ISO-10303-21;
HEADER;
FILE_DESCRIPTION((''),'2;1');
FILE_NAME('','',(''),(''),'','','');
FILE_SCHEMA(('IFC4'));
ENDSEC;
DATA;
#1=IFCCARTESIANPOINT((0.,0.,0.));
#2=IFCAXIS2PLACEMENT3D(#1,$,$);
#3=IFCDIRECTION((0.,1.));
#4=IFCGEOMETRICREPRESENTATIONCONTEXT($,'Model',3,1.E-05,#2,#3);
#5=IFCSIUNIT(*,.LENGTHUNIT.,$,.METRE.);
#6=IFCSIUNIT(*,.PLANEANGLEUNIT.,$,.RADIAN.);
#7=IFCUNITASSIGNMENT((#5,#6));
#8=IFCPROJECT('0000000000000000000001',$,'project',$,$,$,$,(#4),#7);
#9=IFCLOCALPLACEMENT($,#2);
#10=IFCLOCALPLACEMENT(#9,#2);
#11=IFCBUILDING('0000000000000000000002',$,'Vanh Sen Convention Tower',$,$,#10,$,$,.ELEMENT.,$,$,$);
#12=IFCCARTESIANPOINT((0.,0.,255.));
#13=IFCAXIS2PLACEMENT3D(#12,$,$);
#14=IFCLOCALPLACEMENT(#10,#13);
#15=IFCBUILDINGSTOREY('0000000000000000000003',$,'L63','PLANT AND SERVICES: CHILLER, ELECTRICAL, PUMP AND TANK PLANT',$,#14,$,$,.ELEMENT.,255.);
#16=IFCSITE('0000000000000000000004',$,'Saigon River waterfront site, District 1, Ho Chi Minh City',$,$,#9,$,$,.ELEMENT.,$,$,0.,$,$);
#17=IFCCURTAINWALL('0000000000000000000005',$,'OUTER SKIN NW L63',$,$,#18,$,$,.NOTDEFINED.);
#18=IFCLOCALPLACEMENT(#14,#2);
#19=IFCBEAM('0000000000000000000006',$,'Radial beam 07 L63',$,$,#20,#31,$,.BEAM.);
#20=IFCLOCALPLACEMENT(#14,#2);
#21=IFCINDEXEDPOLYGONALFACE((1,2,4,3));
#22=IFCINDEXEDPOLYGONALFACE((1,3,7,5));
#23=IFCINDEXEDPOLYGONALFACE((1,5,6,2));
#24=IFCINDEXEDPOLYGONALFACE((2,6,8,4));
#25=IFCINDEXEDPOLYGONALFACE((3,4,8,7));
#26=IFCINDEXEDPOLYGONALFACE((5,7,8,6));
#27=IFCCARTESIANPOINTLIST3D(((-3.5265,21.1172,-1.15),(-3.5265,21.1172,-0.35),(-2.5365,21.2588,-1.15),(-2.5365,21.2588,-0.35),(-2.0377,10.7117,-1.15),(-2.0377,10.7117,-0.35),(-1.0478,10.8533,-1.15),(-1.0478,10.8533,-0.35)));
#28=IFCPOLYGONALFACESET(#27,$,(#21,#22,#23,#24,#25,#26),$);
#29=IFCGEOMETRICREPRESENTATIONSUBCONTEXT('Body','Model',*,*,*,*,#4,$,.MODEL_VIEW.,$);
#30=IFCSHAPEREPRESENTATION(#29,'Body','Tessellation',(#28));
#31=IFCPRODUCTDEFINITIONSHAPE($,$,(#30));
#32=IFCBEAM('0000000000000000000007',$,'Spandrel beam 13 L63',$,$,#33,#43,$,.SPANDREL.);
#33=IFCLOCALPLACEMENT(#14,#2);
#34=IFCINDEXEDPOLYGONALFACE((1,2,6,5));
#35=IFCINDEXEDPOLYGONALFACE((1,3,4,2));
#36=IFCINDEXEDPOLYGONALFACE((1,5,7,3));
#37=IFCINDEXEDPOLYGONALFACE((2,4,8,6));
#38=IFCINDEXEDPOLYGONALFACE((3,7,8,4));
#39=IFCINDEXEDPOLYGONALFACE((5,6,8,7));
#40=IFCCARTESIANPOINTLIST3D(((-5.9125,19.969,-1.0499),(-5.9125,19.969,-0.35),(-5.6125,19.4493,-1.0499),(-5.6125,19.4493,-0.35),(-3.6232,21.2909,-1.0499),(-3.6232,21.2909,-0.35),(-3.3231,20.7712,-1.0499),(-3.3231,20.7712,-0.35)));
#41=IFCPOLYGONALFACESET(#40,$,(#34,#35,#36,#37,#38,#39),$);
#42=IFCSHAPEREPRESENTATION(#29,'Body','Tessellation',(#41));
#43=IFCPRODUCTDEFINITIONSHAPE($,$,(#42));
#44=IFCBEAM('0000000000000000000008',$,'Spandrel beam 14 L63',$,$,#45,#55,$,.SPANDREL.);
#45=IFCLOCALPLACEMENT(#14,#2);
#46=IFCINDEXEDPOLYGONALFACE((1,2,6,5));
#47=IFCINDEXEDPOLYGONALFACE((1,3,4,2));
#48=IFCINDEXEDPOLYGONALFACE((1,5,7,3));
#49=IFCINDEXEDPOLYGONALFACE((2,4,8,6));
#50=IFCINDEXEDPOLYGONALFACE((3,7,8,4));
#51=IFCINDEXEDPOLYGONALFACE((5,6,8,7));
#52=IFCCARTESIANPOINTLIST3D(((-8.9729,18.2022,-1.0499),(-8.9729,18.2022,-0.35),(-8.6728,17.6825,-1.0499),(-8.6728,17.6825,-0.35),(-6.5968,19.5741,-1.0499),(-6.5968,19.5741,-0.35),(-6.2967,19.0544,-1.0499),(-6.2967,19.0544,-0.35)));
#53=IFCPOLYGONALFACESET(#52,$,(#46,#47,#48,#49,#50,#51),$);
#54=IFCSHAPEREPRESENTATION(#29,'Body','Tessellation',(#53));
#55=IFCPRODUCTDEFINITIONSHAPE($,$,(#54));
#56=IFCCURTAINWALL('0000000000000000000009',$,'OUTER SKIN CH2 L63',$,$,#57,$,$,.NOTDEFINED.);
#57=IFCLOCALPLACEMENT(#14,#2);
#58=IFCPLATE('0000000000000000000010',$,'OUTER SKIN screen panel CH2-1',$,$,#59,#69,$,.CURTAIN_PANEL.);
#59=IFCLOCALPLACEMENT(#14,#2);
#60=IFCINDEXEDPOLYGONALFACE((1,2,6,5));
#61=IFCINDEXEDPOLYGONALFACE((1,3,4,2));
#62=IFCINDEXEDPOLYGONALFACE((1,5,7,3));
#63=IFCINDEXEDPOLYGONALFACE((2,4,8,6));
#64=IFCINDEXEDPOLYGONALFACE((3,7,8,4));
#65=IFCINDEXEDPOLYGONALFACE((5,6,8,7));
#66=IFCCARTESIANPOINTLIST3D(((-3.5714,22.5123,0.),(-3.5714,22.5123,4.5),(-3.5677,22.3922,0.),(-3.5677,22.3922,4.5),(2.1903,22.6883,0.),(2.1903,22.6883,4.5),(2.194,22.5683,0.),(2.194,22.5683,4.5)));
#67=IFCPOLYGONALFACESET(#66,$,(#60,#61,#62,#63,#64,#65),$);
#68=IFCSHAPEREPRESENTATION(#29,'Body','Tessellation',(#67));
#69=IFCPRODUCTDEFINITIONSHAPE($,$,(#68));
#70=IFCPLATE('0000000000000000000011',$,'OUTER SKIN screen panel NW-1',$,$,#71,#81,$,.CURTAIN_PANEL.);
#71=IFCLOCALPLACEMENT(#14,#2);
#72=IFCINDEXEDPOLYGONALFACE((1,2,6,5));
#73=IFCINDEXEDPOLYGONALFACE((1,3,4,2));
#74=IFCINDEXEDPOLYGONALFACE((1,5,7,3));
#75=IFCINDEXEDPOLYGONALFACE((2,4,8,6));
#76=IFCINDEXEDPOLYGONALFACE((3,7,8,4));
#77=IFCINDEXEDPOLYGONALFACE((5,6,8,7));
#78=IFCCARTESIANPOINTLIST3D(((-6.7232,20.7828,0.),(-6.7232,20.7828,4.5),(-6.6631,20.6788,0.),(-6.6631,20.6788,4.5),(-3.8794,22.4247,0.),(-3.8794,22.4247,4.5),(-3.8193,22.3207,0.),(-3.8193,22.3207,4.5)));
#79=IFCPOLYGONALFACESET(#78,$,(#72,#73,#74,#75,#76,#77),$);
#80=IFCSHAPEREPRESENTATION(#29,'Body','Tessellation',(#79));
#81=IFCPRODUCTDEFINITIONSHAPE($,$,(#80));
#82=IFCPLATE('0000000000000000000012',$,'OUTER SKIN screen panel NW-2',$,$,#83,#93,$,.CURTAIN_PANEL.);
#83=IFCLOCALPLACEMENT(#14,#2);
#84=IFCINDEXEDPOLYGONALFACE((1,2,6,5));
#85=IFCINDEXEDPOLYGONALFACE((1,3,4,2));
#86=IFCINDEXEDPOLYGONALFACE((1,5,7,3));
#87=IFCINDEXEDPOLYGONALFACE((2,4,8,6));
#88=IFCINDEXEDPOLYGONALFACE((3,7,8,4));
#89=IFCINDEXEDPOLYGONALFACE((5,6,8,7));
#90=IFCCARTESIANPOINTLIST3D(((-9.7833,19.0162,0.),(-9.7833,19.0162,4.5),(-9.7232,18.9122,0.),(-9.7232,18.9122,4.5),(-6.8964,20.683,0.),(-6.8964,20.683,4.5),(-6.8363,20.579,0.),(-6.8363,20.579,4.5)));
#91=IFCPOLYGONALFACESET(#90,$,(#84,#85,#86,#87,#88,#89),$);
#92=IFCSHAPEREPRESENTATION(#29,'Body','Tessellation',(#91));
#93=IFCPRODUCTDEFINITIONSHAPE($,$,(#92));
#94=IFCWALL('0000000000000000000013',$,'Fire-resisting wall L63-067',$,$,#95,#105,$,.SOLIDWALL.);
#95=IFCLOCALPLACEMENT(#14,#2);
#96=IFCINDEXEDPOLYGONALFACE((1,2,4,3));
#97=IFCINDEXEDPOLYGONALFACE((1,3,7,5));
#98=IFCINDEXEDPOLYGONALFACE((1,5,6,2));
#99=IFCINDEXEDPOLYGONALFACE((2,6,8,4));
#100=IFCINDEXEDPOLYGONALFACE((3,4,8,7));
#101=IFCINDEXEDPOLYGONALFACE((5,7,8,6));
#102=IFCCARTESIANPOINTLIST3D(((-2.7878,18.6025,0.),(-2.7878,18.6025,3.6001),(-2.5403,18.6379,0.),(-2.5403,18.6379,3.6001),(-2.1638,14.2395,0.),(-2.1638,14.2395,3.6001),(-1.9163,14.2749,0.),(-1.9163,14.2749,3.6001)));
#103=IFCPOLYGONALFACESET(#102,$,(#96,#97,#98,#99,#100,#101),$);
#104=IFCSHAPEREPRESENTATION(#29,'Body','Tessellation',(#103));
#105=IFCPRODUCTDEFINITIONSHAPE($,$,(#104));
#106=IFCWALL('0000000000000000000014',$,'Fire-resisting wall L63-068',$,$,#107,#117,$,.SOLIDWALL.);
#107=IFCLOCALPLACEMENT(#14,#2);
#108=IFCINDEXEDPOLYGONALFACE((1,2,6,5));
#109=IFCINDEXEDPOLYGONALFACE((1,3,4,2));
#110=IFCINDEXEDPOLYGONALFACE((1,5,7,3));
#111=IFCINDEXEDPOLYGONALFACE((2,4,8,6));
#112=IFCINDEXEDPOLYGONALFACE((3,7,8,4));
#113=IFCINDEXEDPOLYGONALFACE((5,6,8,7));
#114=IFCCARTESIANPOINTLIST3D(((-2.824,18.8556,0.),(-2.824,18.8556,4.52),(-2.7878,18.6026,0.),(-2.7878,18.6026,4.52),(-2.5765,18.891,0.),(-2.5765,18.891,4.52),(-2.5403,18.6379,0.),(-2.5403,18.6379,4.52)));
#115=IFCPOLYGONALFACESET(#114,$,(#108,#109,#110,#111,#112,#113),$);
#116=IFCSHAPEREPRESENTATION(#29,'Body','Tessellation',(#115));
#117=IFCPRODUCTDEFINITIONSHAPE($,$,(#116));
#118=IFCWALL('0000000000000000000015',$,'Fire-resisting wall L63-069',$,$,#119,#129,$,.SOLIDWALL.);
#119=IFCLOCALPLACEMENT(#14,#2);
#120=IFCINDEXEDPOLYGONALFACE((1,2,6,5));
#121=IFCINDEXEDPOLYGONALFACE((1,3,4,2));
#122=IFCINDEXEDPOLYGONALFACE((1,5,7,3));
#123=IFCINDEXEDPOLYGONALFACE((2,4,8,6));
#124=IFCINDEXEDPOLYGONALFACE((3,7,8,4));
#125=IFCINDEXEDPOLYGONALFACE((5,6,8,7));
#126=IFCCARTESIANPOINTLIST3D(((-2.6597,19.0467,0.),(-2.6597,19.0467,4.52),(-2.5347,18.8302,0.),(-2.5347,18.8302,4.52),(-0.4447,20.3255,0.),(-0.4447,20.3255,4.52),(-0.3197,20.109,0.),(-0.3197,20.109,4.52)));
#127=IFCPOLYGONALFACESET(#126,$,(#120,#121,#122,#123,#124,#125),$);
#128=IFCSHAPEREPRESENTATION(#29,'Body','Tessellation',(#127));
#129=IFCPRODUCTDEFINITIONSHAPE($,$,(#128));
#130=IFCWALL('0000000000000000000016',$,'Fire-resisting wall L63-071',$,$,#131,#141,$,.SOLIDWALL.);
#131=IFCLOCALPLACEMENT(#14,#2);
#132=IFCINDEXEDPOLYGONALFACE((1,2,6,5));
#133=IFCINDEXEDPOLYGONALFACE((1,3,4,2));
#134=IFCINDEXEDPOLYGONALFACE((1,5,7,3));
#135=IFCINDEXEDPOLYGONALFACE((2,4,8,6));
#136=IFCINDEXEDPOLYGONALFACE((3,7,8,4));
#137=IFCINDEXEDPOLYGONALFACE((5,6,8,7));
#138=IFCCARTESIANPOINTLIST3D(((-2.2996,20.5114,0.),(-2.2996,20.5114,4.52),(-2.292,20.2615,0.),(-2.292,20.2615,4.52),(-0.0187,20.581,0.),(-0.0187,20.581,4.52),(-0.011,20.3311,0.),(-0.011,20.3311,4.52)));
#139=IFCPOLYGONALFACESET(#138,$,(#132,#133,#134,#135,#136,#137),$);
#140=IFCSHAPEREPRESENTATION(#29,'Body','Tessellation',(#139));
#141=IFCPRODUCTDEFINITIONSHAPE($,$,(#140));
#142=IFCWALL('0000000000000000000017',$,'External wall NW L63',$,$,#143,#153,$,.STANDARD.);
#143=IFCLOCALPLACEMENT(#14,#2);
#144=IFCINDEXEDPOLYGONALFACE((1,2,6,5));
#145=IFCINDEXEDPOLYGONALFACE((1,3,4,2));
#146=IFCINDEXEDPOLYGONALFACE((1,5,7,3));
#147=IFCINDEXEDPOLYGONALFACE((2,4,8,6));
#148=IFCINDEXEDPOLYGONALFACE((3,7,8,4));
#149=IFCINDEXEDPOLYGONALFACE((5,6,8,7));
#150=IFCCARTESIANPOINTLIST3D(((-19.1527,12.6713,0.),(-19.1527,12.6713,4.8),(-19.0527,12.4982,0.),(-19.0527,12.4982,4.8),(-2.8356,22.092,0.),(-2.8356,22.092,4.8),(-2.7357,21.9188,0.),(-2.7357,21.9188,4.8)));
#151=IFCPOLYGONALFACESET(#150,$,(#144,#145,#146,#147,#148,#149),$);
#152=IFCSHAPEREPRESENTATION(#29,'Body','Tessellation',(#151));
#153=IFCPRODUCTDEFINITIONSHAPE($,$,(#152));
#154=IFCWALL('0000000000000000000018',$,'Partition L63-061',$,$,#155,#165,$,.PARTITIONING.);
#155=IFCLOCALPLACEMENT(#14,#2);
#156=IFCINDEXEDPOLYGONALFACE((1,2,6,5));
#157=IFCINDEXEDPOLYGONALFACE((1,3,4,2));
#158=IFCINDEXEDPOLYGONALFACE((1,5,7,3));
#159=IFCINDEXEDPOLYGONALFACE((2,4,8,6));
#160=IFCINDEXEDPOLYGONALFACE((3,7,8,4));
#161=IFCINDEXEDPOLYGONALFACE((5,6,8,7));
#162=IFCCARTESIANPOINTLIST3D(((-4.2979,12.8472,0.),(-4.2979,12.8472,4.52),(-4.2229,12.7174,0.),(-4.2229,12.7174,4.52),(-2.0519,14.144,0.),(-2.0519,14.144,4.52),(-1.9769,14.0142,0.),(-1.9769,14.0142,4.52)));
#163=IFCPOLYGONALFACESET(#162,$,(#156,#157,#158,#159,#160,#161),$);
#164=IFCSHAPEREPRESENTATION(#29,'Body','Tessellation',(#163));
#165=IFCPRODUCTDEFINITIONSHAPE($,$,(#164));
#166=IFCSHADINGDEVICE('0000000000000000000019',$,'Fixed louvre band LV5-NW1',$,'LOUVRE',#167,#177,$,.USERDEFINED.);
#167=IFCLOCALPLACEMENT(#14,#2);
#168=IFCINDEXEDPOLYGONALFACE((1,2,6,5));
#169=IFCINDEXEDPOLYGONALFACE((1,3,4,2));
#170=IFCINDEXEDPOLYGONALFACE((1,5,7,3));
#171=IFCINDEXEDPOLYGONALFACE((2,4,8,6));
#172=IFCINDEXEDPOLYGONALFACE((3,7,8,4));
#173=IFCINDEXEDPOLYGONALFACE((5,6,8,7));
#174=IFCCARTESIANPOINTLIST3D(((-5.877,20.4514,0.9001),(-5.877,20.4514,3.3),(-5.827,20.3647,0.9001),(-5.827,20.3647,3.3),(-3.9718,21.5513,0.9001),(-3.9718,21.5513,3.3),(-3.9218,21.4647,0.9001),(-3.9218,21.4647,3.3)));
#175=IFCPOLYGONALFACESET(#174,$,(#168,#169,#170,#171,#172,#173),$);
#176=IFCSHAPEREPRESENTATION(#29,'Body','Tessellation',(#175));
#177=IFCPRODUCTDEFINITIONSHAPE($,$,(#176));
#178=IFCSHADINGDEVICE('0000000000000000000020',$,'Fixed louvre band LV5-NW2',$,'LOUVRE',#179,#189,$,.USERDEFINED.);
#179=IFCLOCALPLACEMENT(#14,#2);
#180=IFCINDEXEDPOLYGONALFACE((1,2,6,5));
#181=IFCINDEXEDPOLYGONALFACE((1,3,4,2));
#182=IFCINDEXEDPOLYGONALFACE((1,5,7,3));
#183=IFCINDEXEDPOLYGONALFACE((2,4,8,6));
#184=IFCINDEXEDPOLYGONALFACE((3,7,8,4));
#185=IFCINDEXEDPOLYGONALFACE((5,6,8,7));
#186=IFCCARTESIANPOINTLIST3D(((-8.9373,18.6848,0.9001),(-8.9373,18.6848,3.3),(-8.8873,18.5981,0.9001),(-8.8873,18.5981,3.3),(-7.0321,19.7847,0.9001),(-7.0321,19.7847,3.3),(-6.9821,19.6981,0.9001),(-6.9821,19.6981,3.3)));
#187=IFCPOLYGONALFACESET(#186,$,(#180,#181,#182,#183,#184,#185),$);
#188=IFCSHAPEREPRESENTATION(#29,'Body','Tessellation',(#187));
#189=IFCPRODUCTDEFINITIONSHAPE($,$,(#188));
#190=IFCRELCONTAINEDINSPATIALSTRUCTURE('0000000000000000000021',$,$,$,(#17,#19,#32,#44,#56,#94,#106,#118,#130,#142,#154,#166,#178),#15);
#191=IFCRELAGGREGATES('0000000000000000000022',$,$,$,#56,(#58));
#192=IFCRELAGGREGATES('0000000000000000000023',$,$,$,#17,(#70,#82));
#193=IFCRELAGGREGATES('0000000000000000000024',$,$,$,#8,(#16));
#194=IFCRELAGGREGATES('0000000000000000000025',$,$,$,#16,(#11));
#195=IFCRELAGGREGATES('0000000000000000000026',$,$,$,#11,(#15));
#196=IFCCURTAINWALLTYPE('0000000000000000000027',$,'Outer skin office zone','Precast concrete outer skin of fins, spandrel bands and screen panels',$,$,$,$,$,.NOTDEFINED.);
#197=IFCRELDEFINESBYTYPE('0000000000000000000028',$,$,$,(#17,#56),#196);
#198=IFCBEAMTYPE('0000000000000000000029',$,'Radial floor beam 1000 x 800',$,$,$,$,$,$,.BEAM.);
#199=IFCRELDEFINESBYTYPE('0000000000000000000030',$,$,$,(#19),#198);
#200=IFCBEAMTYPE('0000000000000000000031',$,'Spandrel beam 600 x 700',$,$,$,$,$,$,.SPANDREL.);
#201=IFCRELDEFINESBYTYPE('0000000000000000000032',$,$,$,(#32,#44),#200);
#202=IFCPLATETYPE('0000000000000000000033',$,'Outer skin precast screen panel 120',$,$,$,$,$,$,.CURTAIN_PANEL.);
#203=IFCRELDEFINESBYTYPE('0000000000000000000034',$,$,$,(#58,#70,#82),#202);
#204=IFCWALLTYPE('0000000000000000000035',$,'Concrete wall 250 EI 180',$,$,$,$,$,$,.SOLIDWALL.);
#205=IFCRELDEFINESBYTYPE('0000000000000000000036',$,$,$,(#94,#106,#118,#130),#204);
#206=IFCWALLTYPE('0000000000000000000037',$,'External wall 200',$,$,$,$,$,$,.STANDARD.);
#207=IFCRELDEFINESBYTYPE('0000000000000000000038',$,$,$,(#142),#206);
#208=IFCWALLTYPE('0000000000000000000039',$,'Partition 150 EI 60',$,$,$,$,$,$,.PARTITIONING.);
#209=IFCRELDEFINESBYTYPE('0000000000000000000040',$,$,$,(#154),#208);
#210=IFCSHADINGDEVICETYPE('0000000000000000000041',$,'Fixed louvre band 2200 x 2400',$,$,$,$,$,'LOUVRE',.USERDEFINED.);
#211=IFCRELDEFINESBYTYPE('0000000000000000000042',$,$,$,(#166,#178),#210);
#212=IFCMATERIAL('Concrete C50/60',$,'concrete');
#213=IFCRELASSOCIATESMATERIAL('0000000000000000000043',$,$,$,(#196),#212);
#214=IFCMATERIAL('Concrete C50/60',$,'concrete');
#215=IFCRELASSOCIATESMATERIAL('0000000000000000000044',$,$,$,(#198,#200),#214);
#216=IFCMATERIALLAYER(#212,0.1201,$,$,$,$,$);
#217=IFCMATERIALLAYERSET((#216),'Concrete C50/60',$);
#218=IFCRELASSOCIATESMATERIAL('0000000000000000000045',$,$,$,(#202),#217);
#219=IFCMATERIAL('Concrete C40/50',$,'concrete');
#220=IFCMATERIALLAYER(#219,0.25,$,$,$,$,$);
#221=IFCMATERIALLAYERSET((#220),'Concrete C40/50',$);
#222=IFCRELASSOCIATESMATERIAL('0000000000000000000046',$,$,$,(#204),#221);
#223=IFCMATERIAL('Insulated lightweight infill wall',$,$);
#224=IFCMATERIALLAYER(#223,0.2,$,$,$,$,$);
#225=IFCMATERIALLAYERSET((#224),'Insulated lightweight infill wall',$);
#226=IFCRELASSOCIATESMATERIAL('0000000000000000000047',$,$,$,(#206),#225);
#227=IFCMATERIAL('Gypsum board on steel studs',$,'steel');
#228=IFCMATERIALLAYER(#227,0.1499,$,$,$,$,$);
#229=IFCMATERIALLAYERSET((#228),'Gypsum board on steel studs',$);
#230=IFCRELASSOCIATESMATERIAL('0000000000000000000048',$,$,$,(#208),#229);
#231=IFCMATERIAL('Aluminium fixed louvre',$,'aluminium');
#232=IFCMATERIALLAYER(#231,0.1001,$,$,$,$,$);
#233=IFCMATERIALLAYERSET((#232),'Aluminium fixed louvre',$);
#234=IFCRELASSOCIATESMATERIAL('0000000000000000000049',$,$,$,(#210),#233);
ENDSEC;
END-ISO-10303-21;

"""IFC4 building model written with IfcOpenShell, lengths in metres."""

from ifc_helpers import new_model, si_unit, direction, frame, frame_2d, origin, origin_2d, place, context, subcontext, project, spatial, rectangle, extrude, material, layer, layer_set, material_profile, profile_set, type_object, element, aggregate, save


model = new_model("IFC4")

# Units and contexts
model_context = context("Model", 3, precision=1e-05, world=origin(), true_north=direction((0.0, 1.0)))
body_context = subcontext(model_context, "Body", "Model", "MODEL_VIEW")
ifc_project = project(units=[si_unit("LENGTHUNIT", "METRE"), si_unit("PLANEANGLEUNIT", "RADIAN")], contexts=[model_context])

# Site, building, storey
site_placement = place(None, origin())
site = spatial("IfcSite", under=ifc_project, at=site_placement, Name="Saigon River waterfront site, District 1, Ho Chi Minh City", CompositionType="ELEMENT", RefElevation=0.0)
building_placement = place(site_placement, origin())
building = spatial("IfcBuilding", under=site, at=building_placement, Name="Vanh Sen Convention Tower", CompositionType="ELEMENT")
storey_placement = place(building_placement, frame((0.0, 0.0, 255.0)))
storey = spatial("IfcBuildingStorey", under=building, at=storey_placement, Name="L63", Description="PLANT AND SERVICES: CHILLER, ELECTRICAL, PUMP AND TANK PLANT", CompositionType="ELEMENT", Elevation=255.0)

# Curtain wall
ifc_material_1 = material(Name="Concrete C50/60", Category="concrete")
curtain_wall_type = type_object("IfcCurtainWallType", Name="Outer skin office zone", Description="Precast concrete outer skin of fins, spandrel bands and screen panels", PredefinedType="NOTDEFINED", material=ifc_material_1)
curtain_wall_1_placement = place(storey_placement, origin())
curtain_wall_1 = element("IfcCurtainWall", 1, at=curtain_wall_1_placement, inside=storey, type_object=curtain_wall_type, Name="OUTER SKIN NW L63", PredefinedType="NOTDEFINED")

# Beams
ifc_material_2 = material(Name="Concrete C50/60", Category="concrete")
ifc_material_profile_1 = material_profile(ifc_material_2, rectangle(XDim=1.0, YDim=0.8, at=origin_2d()), Name="RC 1000X800")
ifc_profile_set_1 = profile_set([ifc_material_profile_1], Name="Concrete C50/60")
beam_type_1 = type_object("IfcBeamType", Name="Radial floor beam 1000 x 800", PredefinedType="BEAM", material=ifc_profile_set_1)
beam_1_placement = place(storey_placement, frame((-3.0315, 21.188, -0.75), z_axis=(0.141633, -0.989919, 0.0), x_axis=(0.989919, 0.141633, 0.0)))
element("IfcBeam", 2, at=beam_1_placement, inside=storey, type_object=beam_type_1, Name="Radial beam 07 L63", PredefinedType="BEAM", context=body_context, shape_type="SweptSolid", body=[
    extrude(rectangle(XDim=1.0, YDim=0.8, at=origin_2d()), origin(), (0.0, 0.0, 1.0), 10.5115),
])
ifc_material_profile_2 = material_profile(ifc_material_2, rectangle(XDim=0.6001, YDim=0.7, at=origin_2d()), Name="RC 600X700")
ifc_profile_set_2 = profile_set([ifc_material_profile_2], Name="Concrete C50/60")
beam_type_2 = type_object("IfcBeamType", Name="Spandrel beam 600 x 700", PredefinedType="SPANDREL", material=ifc_profile_set_2)
beam_2_placement = place(storey_placement, frame((-3.4731, 21.031, -0.7), z_axis=(-0.866018, -0.500013, 0.0), x_axis=(0.500013, -0.866018, 0.0)))
element("IfcBeam", 3, at=beam_2_placement, inside=storey, type_object=beam_type_2, Name="Spandrel beam 13 L63", PredefinedType="SPANDREL", context=body_context, shape_type="SweptSolid", body=[
    extrude(rectangle(XDim=0.6001, YDim=0.7, at=origin_2d()), origin(), (0.0, 0.0, 1.0), 2.6436),
])
beam_3_placement = place(storey_placement, frame((-6.4468, 19.3142, -0.7), z_axis=(-0.866017, -0.500015, 0.0), x_axis=(0.500015, -0.866017, 0.0)))
element("IfcBeam", 4, at=beam_3_placement, inside=storey, type_object=beam_type_2, Name="Spandrel beam 14 L63", PredefinedType="SPANDREL", context=body_context, shape_type="SweptSolid", body=[
    extrude(rectangle(XDim=0.6001, YDim=0.7, at=origin_2d()), origin(), (0.0, 0.0, 1.0), 2.7437),
])

# Curtain wall, plate
curtain_wall_2_placement = place(storey_placement, origin())
curtain_wall_2 = element("IfcCurtainWall", 5, at=curtain_wall_2_placement, inside=storey, type_object=curtain_wall_type, Name="OUTER SKIN CH2 L63", PredefinedType="NOTDEFINED")
ifc_layer_1 = layer(ifc_material_1, 0.1201)
ifc_layer_set_1 = layer_set([ifc_layer_1], Name="Concrete C50/60")
plate_type = type_object("IfcPlateType", Name="Outer skin precast screen panel 120", PredefinedType="CURTAIN_PANEL", material=ifc_layer_set_1)
plate_1_placement = place(storey_placement, frame((-0.6887, 22.5403, 0.0), z_axis=(0.0, 0.0, 1.0), x_axis=(-0.999533, -0.030544, 0.0)))
plate_1 = element("IfcPlate", 6, at=plate_1_placement, type_object=plate_type, Name="OUTER SKIN screen panel CH2-1", PredefinedType="CURTAIN_PANEL", context=body_context, shape_type="SweptSolid", body=[
    extrude(rectangle(XDim=5.7644, YDim=0.1201, at=origin_2d()), origin(), (0.0, 0.0, 1.0), 4.5),
])
aggregate(curtain_wall_2, [plate_1])

# Plates
plate_2_placement = place(storey_placement, frame((-5.2712, 21.5518, 0.0), z_axis=(0.0, 0.0, 1.0), x_axis=(-0.866026, -0.499998, 0.0)))
plate_2 = element("IfcPlate", 7, at=plate_2_placement, type_object=plate_type, Name="OUTER SKIN screen panel NW-1", PredefinedType="CURTAIN_PANEL", context=body_context, shape_type="SweptSolid", body=[
    extrude(rectangle(XDim=3.2837, YDim=0.1201, at=origin_2d()), origin(), (0.0, 0.0, 1.0), 4.5),
])
plate_3_placement = place(storey_placement, frame((-8.3098, 19.7976, 0.0), z_axis=(0.0, 0.0, 1.0), x_axis=(-0.866026, -0.499998, 0.0)))
plate_3 = element("IfcPlate", 8, at=plate_3_placement, type_object=plate_type, Name="OUTER SKIN screen panel NW-2", PredefinedType="CURTAIN_PANEL", context=body_context, shape_type="SweptSolid", body=[
    extrude(rectangle(XDim=3.3335, YDim=0.1201, at=origin_2d()), origin(), (0.0, 0.0, 1.0), 4.5),
])
aggregate(curtain_wall_1, [plate_2, plate_3])

# Walls
ifc_material_3 = material(Name="Concrete C40/50", Category="concrete")
ifc_layer_2 = layer(ifc_material_3, 0.25)
ifc_layer_set_2 = layer_set([ifc_layer_2], Name="Concrete C40/50")
wall_type_1 = type_object("IfcWallType", Name="Concrete wall 250 EI 180", PredefinedType="SOLIDWALL", material=ifc_layer_set_2)
wall_1_placement = place(storey_placement, frame((-2.6641, 18.6201, 0.0), z_axis=(0.0, 0.0, 1.0), x_axis=(0.141584, -0.989926, 0.0)))
element("IfcWall", 9, at=wall_1_placement, inside=storey, type_object=wall_type_1, Name="Fire-resisting wall L63-067", PredefinedType="SOLIDWALL", context=body_context, shape_type="SweptSolid", body=[
    extrude(rectangle(XDim=4.4075, YDim=0.25, at=frame_2d((2.2036, 0.0))), origin(), (0.0, 0.0, 1.0), 3.6001),
])
wall_2_placement = place(storey_placement, frame((-2.6641, 18.6201, 0.0), z_axis=(0.0, 0.0, 1.0), x_axis=(-0.141421, 0.989949, 0.0)))
element("IfcWall", 10, at=wall_2_placement, inside=storey, type_object=wall_type_1, Name="Fire-resisting wall L63-068", PredefinedType="SOLIDWALL", context=body_context, shape_type="SweptSolid", body=[
    extrude(rectangle(XDim=0.2556, YDim=0.25, at=frame_2d((0.1279, 0.0))), origin(), (0.0, 0.0, 1.0), 4.52),
])
wall_3_placement = place(storey_placement, frame((-2.5972, 18.9385, 0.0), z_axis=(0.0, 0.0, 1.0), x_axis=(0.866038, 0.499979, 0.0)))
element("IfcWall", 11, at=wall_3_placement, inside=storey, type_object=wall_type_1, Name="Fire-resisting wall L63-069", PredefinedType="SOLIDWALL", context=body_context, shape_type="SweptSolid", body=[
    extrude(rectangle(XDim=2.5576, YDim=0.25, at=frame_2d((1.2788, 0.0))), origin(), (0.0, 0.0, 1.0), 4.52),
])
wall_4_placement = place(storey_placement, frame((-2.2959, 20.3865, 0.0), z_axis=(0.0, 0.0, 1.0), x_axis=(0.999535, 0.03049, 0.0)))
element("IfcWall", 12, at=wall_4_placement, inside=storey, type_object=wall_type_1, Name="Fire-resisting wall L63-071", PredefinedType="SOLIDWALL", context=body_context, shape_type="SweptSolid", body=[
    extrude(rectangle(XDim=2.282, YDim=0.25, at=frame_2d((1.1411, 0.0))), origin(), (0.0, 0.0, 1.0), 4.52),
])
ifc_material_4 = material(Name="Insulated lightweight infill wall")
ifc_layer_3 = layer(ifc_material_4, 0.2)
ifc_layer_set_3 = layer_set([ifc_layer_3], Name="Insulated lightweight infill wall")
wall_type_2 = type_object("IfcWallType", Name="External wall 200", PredefinedType="STANDARD", material=ifc_layer_set_3)
wall_5_placement = place(storey_placement, frame((-2.7856, 22.0054, 0.0), z_axis=(0.0, 0.0, 1.0), x_axis=(-0.866027, -0.499998, 0.0)))
element("IfcWall", 13, at=wall_5_placement, inside=storey, type_object=wall_type_2, Name="External wall NW L63", PredefinedType="STANDARD", context=body_context, shape_type="SweptSolid", body=[
    extrude(rectangle(XDim=18.8413, YDim=0.2, at=frame_2d((9.4207, 0.0))), origin(), (0.0, 0.0, 1.0), 4.8),
])
ifc_material_5 = material(Name="Gypsum board on steel studs", Category="steel")
ifc_layer_4 = layer(ifc_material_5, 0.1499)
ifc_layer_set_4 = layer_set([ifc_layer_4], Name="Gypsum board on steel studs")
wall_type_3 = type_object("IfcWallType", Name="Partition 150 EI 60", PredefinedType="PARTITIONING", material=ifc_layer_set_4)
wall_6_placement = place(storey_placement, frame((-4.2605, 12.7822, 0.0), z_axis=(0.0, 0.0, 1.0), x_axis=(0.86601, 0.500027, 0.0)))
element("IfcWall", 14, at=wall_6_placement, inside=storey, type_object=wall_type_3, Name="Partition L63-061", PredefinedType="PARTITIONING", context=body_context, shape_type="SweptSolid", body=[
    extrude(rectangle(XDim=2.5935, YDim=0.1499, at=frame_2d((1.2969, 0.0))), origin(), (0.0, 0.0, 1.0), 4.52),
])

# Shading devices
ifc_material_6 = material(Name="Aluminium fixed louvre", Category="aluminium")
ifc_layer_5 = layer(ifc_material_6, 0.1001)
ifc_layer_set_5 = layer_set([ifc_layer_5], Name="Aluminium fixed louvre")
shading_device_type_1 = type_object("IfcShadingDeviceType", Name="Fixed louvre band 2200 x 2400", ElementType="LOUVRE", PredefinedType="USERDEFINED", material=ifc_layer_set_5)
for number, where, z_axis, x_axis, name in (
    (15, (-4.8994, 20.958, 0.9001), (0.0, 0.0, 1.0), (-0.866025, -0.500002, 0.0), "Fixed louvre band LV5-NW1"),
    (16, (-7.9597, 19.1914, 0.9001), (0.0, 0.0, 1.0), (-0.866025, -0.500002, 0.0), "Fixed louvre band LV5-NW2"),
):
    element("IfcShadingDevice", number, at=place(storey_placement, frame(where, z_axis=z_axis, x_axis=x_axis)), inside=storey, type_object=shading_device_type_1, Name=name, ObjectType="LOUVRE", PredefinedType="USERDEFINED", context=body_context, shape_type="SweptSolid", body=[
        extrude(rectangle(XDim=2.2, YDim=0.1001, at=origin_2d()), origin(), (0.0, 0.0, 1.0), 2.3999),
    ])

save(model, "model.ifc")
